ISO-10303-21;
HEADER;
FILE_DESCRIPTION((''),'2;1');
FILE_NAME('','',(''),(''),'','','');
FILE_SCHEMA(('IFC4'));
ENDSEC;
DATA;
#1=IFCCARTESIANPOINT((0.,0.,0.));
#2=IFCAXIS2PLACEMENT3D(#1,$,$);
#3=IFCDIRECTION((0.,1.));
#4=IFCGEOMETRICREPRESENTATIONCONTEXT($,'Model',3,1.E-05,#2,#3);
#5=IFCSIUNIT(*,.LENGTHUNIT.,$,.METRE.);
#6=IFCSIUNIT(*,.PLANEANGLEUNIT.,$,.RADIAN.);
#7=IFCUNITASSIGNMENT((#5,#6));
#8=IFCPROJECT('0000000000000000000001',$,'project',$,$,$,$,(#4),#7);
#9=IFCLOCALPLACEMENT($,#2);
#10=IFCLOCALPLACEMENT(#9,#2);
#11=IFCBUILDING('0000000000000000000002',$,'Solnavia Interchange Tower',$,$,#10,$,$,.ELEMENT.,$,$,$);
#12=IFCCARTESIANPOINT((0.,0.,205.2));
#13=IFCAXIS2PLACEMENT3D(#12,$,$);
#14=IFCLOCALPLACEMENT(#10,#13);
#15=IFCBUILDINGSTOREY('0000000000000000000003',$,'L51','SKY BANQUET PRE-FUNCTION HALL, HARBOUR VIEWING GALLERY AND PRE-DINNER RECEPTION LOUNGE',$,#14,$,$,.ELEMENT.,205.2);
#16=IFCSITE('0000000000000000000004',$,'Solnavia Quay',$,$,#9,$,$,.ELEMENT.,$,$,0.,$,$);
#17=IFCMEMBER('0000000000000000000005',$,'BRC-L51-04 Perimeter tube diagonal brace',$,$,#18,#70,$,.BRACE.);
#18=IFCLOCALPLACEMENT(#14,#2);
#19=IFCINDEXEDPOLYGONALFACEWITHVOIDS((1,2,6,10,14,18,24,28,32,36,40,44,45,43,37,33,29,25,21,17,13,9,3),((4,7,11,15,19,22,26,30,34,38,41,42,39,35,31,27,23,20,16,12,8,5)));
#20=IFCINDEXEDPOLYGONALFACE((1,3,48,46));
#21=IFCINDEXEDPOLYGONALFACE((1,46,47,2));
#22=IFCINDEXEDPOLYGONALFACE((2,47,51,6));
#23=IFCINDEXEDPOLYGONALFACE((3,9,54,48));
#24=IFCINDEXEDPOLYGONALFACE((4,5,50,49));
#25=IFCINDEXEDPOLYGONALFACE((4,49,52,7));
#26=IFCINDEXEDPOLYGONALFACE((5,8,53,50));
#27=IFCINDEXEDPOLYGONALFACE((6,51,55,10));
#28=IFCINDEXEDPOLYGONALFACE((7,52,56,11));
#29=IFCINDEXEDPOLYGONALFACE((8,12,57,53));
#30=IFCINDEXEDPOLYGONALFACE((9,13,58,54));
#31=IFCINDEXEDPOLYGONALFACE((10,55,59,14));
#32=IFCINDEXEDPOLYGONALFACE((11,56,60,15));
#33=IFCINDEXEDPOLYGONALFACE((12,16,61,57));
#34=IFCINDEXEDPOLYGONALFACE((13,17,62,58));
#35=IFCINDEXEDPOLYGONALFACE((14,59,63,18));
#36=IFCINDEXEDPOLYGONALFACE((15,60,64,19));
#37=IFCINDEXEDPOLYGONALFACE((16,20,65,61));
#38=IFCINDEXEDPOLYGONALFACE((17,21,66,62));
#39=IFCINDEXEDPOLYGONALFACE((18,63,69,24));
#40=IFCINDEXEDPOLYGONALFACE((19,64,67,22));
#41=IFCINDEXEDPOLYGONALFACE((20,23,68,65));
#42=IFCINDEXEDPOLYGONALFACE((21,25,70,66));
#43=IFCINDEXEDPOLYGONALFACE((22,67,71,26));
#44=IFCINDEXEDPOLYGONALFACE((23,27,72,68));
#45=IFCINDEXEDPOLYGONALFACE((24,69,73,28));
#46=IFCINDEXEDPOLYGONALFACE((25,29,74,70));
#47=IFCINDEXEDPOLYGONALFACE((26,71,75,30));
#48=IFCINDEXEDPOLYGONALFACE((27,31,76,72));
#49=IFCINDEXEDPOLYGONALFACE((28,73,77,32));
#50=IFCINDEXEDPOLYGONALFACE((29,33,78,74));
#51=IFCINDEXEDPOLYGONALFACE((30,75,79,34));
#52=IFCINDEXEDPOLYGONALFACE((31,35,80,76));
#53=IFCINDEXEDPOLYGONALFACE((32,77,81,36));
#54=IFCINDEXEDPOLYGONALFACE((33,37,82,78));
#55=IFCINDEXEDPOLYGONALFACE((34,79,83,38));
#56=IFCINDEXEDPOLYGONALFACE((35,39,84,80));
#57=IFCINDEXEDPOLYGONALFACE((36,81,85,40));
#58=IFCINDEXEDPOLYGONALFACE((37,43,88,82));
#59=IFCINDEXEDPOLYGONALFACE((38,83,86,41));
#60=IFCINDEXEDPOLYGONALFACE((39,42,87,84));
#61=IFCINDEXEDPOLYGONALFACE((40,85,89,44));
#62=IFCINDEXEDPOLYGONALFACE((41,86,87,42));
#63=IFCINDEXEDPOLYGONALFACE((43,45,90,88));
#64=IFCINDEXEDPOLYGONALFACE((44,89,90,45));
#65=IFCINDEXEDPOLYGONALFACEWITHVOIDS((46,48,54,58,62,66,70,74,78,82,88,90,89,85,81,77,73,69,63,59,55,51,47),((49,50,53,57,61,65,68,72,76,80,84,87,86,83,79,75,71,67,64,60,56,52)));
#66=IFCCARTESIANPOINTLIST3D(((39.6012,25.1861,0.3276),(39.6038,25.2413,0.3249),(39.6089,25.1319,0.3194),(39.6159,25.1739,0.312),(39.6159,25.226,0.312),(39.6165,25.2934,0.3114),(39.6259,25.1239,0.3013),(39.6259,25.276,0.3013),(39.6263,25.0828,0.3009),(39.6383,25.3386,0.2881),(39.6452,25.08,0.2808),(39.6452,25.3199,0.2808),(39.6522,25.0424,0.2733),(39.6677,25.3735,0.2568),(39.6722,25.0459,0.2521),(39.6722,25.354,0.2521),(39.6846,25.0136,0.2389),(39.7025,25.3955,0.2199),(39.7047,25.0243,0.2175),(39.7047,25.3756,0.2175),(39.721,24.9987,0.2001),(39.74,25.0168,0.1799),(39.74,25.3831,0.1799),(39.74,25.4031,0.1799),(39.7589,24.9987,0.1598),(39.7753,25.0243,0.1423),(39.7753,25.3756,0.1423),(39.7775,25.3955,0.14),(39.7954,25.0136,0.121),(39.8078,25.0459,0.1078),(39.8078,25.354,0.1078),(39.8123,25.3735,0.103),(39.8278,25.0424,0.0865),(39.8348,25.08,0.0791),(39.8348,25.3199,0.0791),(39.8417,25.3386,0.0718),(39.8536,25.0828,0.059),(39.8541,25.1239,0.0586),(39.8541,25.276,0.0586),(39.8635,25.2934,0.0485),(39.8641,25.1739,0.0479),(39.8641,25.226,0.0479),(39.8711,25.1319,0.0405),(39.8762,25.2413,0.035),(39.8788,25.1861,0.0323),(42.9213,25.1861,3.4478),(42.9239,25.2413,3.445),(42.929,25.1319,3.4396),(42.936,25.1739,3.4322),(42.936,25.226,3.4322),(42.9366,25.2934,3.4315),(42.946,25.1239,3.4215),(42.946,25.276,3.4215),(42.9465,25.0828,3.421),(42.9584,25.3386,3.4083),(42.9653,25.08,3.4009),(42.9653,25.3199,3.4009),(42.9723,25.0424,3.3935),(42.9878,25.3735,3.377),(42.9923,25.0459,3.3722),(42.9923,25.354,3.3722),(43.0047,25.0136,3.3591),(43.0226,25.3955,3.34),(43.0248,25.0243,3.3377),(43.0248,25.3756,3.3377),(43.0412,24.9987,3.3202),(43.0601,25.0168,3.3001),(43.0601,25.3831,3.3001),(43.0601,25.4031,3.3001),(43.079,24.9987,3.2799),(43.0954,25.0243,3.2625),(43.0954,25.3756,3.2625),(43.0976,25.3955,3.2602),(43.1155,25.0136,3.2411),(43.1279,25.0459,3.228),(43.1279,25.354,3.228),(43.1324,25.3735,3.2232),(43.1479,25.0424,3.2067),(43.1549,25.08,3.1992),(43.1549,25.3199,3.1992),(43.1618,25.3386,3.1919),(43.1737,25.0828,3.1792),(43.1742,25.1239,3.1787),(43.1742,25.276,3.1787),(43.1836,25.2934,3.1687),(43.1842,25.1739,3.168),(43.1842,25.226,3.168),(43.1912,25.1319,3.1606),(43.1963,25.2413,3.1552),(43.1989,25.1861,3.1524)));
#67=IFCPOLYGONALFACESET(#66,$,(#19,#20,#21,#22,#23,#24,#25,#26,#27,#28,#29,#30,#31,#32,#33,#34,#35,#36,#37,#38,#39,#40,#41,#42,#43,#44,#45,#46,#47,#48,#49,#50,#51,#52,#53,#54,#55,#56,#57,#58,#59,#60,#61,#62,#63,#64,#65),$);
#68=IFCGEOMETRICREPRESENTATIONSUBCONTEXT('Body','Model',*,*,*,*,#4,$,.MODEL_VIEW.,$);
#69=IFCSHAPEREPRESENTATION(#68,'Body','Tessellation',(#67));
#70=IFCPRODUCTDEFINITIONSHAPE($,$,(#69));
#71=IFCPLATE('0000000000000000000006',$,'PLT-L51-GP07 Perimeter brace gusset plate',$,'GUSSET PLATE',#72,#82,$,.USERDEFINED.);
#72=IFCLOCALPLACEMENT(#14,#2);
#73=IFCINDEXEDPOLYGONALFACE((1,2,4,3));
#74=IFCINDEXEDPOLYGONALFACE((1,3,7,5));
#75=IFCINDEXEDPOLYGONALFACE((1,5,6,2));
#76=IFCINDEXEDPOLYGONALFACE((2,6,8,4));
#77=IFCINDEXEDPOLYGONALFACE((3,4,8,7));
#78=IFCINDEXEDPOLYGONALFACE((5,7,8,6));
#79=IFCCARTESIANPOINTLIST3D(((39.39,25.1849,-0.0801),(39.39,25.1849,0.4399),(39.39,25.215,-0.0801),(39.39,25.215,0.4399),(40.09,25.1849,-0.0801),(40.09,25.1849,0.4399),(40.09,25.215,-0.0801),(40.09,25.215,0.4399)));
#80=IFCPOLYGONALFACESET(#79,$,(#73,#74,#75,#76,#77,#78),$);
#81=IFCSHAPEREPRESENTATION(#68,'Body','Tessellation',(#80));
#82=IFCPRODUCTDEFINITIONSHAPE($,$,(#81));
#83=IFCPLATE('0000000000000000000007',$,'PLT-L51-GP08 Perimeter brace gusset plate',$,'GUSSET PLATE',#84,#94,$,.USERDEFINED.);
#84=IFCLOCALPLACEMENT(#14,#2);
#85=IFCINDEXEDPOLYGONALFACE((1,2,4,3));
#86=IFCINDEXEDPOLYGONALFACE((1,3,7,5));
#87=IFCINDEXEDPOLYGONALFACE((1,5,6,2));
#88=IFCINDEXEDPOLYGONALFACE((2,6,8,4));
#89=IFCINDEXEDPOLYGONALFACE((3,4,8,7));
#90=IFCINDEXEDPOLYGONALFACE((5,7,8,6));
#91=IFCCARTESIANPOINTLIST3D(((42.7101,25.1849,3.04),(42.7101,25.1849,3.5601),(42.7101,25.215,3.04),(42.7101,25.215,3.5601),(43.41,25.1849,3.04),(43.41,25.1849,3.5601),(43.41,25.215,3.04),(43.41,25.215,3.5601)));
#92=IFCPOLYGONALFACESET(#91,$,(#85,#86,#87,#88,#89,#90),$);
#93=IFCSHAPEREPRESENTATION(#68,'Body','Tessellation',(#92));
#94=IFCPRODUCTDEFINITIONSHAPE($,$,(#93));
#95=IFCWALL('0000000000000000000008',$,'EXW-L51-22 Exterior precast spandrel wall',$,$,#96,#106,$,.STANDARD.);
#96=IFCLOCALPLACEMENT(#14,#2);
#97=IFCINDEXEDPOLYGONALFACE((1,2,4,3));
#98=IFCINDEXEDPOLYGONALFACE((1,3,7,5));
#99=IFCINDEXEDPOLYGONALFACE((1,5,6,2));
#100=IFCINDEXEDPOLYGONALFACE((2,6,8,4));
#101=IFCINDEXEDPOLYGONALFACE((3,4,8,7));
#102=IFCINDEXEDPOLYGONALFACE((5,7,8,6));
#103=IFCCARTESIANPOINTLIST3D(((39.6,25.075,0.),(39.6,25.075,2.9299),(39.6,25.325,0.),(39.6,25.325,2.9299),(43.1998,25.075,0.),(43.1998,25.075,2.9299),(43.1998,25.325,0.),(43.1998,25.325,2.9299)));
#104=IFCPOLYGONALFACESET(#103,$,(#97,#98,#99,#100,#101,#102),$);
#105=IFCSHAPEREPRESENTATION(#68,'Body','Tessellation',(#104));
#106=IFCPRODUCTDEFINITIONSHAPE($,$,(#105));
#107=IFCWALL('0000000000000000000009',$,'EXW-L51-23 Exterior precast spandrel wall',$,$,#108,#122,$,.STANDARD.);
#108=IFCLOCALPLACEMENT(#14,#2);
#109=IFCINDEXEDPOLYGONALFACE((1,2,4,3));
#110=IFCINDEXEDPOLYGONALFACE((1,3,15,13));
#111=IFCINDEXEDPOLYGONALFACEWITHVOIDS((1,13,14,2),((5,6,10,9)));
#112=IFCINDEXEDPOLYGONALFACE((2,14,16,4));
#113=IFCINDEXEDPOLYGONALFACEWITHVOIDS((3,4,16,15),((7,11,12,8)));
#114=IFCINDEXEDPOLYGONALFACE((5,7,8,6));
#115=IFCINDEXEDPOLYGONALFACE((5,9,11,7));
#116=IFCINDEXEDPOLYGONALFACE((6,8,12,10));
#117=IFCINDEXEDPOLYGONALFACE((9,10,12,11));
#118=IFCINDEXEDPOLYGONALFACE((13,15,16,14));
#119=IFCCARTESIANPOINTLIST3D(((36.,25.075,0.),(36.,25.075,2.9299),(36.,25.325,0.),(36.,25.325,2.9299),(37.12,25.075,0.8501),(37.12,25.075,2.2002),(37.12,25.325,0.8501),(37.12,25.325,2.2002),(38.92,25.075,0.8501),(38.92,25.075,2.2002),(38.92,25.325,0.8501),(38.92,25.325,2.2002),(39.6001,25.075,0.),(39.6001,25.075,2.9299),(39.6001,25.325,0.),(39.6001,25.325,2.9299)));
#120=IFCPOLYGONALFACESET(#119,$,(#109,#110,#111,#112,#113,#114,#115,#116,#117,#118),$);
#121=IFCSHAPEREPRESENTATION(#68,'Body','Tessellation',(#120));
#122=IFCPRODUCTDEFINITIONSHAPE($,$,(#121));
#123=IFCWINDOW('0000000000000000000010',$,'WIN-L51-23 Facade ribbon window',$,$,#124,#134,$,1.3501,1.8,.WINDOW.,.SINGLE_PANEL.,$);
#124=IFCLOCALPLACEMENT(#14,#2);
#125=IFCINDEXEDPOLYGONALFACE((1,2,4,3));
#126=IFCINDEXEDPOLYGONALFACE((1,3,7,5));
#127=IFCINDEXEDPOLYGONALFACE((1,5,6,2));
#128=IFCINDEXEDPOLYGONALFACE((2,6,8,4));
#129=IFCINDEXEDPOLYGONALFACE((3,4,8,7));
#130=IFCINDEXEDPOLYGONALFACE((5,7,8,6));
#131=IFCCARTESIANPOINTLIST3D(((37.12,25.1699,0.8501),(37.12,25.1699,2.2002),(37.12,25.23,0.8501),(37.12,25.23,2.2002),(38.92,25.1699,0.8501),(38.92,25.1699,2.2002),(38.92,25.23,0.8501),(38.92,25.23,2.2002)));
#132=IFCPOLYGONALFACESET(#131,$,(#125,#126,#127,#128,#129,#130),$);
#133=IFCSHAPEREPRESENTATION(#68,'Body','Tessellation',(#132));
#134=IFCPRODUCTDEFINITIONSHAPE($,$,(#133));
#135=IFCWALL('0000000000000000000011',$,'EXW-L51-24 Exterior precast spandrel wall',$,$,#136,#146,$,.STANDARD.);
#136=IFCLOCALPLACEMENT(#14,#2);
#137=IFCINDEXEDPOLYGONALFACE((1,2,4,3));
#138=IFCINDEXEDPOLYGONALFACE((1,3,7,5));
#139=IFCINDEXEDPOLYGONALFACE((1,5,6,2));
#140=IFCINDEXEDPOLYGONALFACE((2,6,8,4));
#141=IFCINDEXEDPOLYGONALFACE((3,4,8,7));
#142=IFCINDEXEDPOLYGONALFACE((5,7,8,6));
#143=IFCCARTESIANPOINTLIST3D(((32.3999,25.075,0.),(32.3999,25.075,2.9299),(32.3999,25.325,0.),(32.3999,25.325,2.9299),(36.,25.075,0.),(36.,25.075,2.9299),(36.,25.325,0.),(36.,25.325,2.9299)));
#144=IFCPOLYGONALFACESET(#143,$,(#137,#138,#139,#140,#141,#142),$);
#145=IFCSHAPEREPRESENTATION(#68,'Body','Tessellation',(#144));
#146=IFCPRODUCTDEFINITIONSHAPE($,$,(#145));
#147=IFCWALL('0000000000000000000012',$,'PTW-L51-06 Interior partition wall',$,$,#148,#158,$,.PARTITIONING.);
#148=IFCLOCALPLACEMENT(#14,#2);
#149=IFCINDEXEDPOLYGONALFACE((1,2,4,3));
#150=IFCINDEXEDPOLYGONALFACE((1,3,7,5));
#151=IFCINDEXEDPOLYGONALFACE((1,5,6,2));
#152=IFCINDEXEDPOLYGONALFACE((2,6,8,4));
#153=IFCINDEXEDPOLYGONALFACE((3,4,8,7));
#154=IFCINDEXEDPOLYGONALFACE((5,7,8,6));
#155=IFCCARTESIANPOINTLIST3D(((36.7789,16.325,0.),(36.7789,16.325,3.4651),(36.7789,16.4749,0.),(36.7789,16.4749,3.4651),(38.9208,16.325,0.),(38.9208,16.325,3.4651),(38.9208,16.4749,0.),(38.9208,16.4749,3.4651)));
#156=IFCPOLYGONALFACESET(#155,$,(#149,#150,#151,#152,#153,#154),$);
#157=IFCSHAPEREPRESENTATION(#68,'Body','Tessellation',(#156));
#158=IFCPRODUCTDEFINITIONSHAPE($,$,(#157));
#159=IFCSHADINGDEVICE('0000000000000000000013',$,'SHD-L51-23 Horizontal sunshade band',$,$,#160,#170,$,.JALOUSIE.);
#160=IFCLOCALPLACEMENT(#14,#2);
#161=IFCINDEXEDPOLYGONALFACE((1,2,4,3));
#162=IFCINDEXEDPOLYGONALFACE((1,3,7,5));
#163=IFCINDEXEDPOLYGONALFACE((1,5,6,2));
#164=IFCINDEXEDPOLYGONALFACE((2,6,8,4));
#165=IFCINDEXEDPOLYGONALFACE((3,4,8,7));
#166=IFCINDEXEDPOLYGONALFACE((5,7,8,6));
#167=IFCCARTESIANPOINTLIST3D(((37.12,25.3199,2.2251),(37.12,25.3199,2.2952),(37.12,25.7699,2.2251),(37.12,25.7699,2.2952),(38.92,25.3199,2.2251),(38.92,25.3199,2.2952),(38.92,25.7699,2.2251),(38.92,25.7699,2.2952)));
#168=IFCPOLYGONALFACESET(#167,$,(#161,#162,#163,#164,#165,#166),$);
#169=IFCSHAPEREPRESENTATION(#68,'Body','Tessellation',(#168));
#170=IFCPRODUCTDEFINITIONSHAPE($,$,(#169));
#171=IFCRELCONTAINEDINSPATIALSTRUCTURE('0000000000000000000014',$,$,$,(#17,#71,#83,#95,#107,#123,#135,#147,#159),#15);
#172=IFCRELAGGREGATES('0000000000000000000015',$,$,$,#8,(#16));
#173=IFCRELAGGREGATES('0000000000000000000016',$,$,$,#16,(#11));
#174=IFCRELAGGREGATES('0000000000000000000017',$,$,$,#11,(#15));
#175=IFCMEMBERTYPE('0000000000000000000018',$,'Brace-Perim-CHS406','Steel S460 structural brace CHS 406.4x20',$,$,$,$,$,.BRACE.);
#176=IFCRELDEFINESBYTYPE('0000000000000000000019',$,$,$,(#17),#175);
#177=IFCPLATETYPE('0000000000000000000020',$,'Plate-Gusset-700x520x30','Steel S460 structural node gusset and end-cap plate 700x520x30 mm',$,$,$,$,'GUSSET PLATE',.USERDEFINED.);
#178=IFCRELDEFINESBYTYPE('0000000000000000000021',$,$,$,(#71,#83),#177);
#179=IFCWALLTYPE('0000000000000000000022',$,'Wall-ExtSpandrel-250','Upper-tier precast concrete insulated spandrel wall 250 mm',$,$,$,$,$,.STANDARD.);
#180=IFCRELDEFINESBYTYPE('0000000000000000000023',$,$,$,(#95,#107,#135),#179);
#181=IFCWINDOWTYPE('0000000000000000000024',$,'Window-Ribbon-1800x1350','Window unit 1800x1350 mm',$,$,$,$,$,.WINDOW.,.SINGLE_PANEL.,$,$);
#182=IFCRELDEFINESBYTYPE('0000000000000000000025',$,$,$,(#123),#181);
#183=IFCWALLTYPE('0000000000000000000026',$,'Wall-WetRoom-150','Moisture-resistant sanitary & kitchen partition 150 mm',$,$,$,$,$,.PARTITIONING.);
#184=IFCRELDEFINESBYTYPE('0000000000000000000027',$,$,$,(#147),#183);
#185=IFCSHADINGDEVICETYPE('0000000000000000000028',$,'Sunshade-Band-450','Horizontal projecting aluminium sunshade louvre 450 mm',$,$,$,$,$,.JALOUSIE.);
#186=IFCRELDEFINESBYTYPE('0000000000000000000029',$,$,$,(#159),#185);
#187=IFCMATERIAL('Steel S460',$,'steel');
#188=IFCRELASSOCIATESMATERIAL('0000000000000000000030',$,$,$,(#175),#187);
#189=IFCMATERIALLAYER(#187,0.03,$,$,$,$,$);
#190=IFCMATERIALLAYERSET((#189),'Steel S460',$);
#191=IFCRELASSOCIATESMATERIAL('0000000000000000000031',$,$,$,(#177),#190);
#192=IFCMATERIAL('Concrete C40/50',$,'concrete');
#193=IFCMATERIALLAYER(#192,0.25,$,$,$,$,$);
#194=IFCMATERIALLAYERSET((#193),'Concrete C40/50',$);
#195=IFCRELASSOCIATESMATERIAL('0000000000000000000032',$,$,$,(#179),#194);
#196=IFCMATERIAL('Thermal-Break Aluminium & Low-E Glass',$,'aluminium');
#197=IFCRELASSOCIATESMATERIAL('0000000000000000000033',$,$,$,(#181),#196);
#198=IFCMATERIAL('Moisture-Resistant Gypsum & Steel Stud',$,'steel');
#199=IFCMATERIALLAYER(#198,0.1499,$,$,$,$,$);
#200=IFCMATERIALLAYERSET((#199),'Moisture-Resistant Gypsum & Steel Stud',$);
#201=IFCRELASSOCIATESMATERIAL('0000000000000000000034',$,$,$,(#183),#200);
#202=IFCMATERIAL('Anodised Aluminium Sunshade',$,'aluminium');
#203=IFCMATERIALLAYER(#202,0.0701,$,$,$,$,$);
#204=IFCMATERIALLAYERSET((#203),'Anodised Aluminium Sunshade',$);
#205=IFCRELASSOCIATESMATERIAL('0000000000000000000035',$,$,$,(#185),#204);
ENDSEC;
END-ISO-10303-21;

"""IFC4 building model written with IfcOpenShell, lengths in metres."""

from ifc_helpers import new_model, si_unit, direction, frame, frame_2d, origin, origin_2d, place, context, subcontext, project, spatial, rectangle, hollow_circle, extrude, material, layer, layer_set, material_profile, profile_set, type_object, element, fill, save


model = new_model("IFC4")

# Units and contexts
model_context = context("Model", 3, precision=1e-05, world=origin(), true_north=direction((0.0, 1.0)))
body_context = subcontext(model_context, "Body", "Model", "MODEL_VIEW")
ifc_project = project(units=[si_unit("LENGTHUNIT", "METRE"), si_unit("PLANEANGLEUNIT", "RADIAN")], contexts=[model_context])

# Site, building, storey
site_placement = place(None, origin())
site = spatial("IfcSite", under=ifc_project, at=site_placement, Name="Solnavia Quay", CompositionType="ELEMENT", RefElevation=0.0)
building_placement = place(site_placement, origin())
building = spatial("IfcBuilding", under=site, at=building_placement, Name="Solnavia Interchange Tower", CompositionType="ELEMENT")
storey_placement = place(building_placement, frame((0.0, 0.0, 205.2)))
storey = spatial("IfcBuildingStorey", under=building, at=storey_placement, Name="L51", Description="SKY BANQUET PRE-FUNCTION HALL, HARBOUR VIEWING GALLERY AND PRE-DINNER RECEPTION LOUNGE", CompositionType="ELEMENT", Elevation=205.2)

# Member
ifc_material_1 = material(Name="Steel S460", Category="steel")
ifc_material_profile_1 = material_profile(ifc_material_1, hollow_circle(Radius=0.2031, WallThickness=0.02, at=origin_2d()), Name="CHS 406.4x20")
ifc_profile_set_1 = profile_set([ifc_material_profile_1], Name="Steel S460")
member_type = type_object("IfcMemberType", Name="Brace-Perim-CHS406", Description="Steel S460 structural brace CHS 406.4x20", PredefinedType="BRACE", material=ifc_profile_set_1)
member_placement = place(storey_placement, frame((39.74, 25.2, 0.1799), z_axis=(0.728709, 0.0, 0.684823), x_axis=(0.0, 1.0, 0.0)))
element("IfcMember", 1, at=member_placement, inside=storey, type_object=member_type, Name="BRC-L51-04 Perimeter tube diagonal brace", PredefinedType="BRACE", context=body_context, shape_type="SweptSolid", body=[
    extrude(hollow_circle(Radius=0.2031, WallThickness=0.02, at=origin_2d()), origin(), (0.0, 0.0, 1.0), 4.5562),
])

# Plates
ifc_layer_1 = layer(ifc_material_1, 0.03)
ifc_layer_set_1 = layer_set([ifc_layer_1], Name="Steel S460")
plate_type = type_object("IfcPlateType", Name="Plate-Gusset-700x520x30", Description="Steel S460 structural node gusset and end-cap plate 700x520x30 mm", ElementType="GUSSET PLATE", PredefinedType="USERDEFINED", material=ifc_layer_set_1)
for number, where, z_axis, x_axis, name in (
    (2, (39.74, 25.2, -0.0801), (0.0, 0.0, 1.0), (1.0, 0.0, 0.0), "PLT-L51-GP07 Perimeter brace gusset plate"),
    (3, (43.0601, 25.2, 3.04), (0.0, 0.0, 1.0), (1.0, 0.0, 0.0), "PLT-L51-GP08 Perimeter brace gusset plate"),
):
    element("IfcPlate", number, at=place(storey_placement, frame(where, z_axis=z_axis, x_axis=x_axis)), inside=storey, type_object=plate_type, Name=name, ObjectType="GUSSET PLATE", PredefinedType="USERDEFINED", context=body_context, shape_type="SweptSolid", body=[
        extrude(rectangle(XDim=0.7, YDim=0.03, at=origin_2d()), origin(), (0.0, 0.0, 1.0), 0.52),
    ])

# Wall
ifc_material_2 = material(Name="Concrete C40/50", Category="concrete")
ifc_layer_2 = layer(ifc_material_2, 0.25)
ifc_layer_set_2 = layer_set([ifc_layer_2], Name="Concrete C40/50")
wall_type_1 = type_object("IfcWallType", Name="Wall-ExtSpandrel-250", Description="Upper-tier precast concrete insulated spandrel wall 250 mm", PredefinedType="STANDARD", material=ifc_layer_set_2)
wall_1_placement = place(storey_placement, frame((39.6001, 25.2, 0.0), z_axis=(0.0, 0.0, 1.0), x_axis=(1.0, 0.0, 0.0)))
element("IfcWall", 4, at=wall_1_placement, inside=storey, type_object=wall_type_1, Name="EXW-L51-22 Exterior precast spandrel wall", PredefinedType="STANDARD", context=body_context, shape_type="SweptSolid", body=[
    extrude(rectangle(XDim=3.5999, YDim=0.25, at=frame_2d((1.7998, 0.0))), origin(), (0.0, 0.0, 1.0), 2.9299),
])

# Wall, opening, window
wall_2_placement = place(storey_placement, frame((36.0, 25.2, 0.0), z_axis=(0.0, 0.0, 1.0), x_axis=(1.0, 0.0, 0.0)))
wall_2 = element("IfcWall", 5, at=wall_2_placement, inside=storey, type_object=wall_type_1, Name="EXW-L51-23 Exterior precast spandrel wall", PredefinedType="STANDARD", context=body_context, shape_type="SweptSolid", body=[
    extrude(rectangle(XDim=3.6001, YDim=0.25, at=frame_2d((1.8, 0.0))), origin(), (0.0, 0.0, 1.0), 2.9299),
])
opening_placement = place(wall_2_placement, frame((1.1201, 0.0, 0.8501)))
opening = element("IfcOpeningElement", 6, at=opening_placement, cuts=wall_2, PredefinedType="OPENING", context=body_context, shape_type="SweptSolid", body=[
    extrude(rectangle(XDim=1.8, YDim=1.3501, at=frame_2d((0.8999, 0.675))), frame((0.0, 0.135, 0.0), z_axis=(0.0, -1.0, 0.0), x_axis=(1.0, 0.0, 0.0)), (0.0, 0.0, 1.0), 0.27),
])
ifc_material_3 = material(Name="Thermal-Break Aluminium & Low-E Glass", Category="aluminium")
window_type = type_object("IfcWindowType", Name="Window-Ribbon-1800x1350", Description="Window unit 1800x1350 mm", PartitioningType="SINGLE_PANEL", PredefinedType="WINDOW", material=ifc_material_3)
window_placement = place(opening_placement, origin())
window = element("IfcWindow", 7, at=window_placement, inside=storey, type_object=window_type, Name="WIN-L51-23 Facade ribbon window", OverallHeight=1.3501, OverallWidth=1.8, PartitioningType="SINGLE_PANEL", PredefinedType="WINDOW", context=body_context, shape_type="SweptSolid", body=[
    extrude(rectangle(XDim=1.8, YDim=1.3501, at=frame_2d((0.8999, 0.675))), frame((0.0, 0.03, 0.0), z_axis=(0.0, -1.0, 0.0), x_axis=(1.0, 0.0, 0.0)), (0.0, 0.0, 1.0), 0.0601),
])
fill(opening, window)

# Walls
wall_3_placement = place(storey_placement, frame((32.3999, 25.2, 0.0), z_axis=(0.0, 0.0, 1.0), x_axis=(1.0, 0.0, 0.0)))
element("IfcWall", 8, at=wall_3_placement, inside=storey, type_object=wall_type_1, Name="EXW-L51-24 Exterior precast spandrel wall", PredefinedType="STANDARD", context=body_context, shape_type="SweptSolid", body=[
    extrude(rectangle(XDim=3.6001, YDim=0.25, at=frame_2d((1.8, 0.0))), origin(), (0.0, 0.0, 1.0), 2.9299),
])
ifc_material_4 = material(Name="Moisture-Resistant Gypsum & Steel Stud", Category="steel")
ifc_layer_3 = layer(ifc_material_4, 0.1499)
ifc_layer_set_3 = layer_set([ifc_layer_3], Name="Moisture-Resistant Gypsum & Steel Stud")
wall_type_2 = type_object("IfcWallType", Name="Wall-WetRoom-150", Description="Moisture-resistant sanitary & kitchen partition 150 mm", PredefinedType="PARTITIONING", material=ifc_layer_set_3)
wall_4_placement = place(storey_placement, frame((36.7791, 16.3999, 0.0), z_axis=(0.0, 0.0, 1.0), x_axis=(1.0, 0.0, 0.0)))
element("IfcWall", 9, at=wall_4_placement, inside=storey, type_object=wall_type_2, Name="PTW-L51-06 Interior partition wall", PredefinedType="PARTITIONING", context=body_context, shape_type="SweptSolid", body=[
    extrude(rectangle(XDim=2.1418, YDim=0.1499, at=frame_2d((1.0708, 0.0))), origin(), (0.0, 0.0, 1.0), 3.4651),
])

# Shading device
ifc_material_5 = material(Name="Anodised Aluminium Sunshade", Category="aluminium")
ifc_layer_4 = layer(ifc_material_5, 0.0701)
ifc_layer_set_4 = layer_set([ifc_layer_4], Name="Anodised Aluminium Sunshade")
shading_device_type = type_object("IfcShadingDeviceType", Name="Sunshade-Band-450", Description="Horizontal projecting aluminium sunshade louvre 450 mm", PredefinedType="JALOUSIE", material=ifc_layer_set_4)
shading_device_placement = place(storey_placement, frame((38.02, 25.5449, 2.2251), z_axis=(0.0, 0.0, 1.0), x_axis=(1.0, 0.0, 0.0)))
element("IfcShadingDevice", 10, at=shading_device_placement, inside=storey, type_object=shading_device_type, Name="SHD-L51-23 Horizontal sunshade band", PredefinedType="JALOUSIE", context=body_context, shape_type="SweptSolid", body=[
    extrude(rectangle(XDim=1.8, YDim=0.45, at=origin_2d()), origin(), (0.0, 0.0, 1.0), 0.0701),
])

save(model, "model.ifc")
